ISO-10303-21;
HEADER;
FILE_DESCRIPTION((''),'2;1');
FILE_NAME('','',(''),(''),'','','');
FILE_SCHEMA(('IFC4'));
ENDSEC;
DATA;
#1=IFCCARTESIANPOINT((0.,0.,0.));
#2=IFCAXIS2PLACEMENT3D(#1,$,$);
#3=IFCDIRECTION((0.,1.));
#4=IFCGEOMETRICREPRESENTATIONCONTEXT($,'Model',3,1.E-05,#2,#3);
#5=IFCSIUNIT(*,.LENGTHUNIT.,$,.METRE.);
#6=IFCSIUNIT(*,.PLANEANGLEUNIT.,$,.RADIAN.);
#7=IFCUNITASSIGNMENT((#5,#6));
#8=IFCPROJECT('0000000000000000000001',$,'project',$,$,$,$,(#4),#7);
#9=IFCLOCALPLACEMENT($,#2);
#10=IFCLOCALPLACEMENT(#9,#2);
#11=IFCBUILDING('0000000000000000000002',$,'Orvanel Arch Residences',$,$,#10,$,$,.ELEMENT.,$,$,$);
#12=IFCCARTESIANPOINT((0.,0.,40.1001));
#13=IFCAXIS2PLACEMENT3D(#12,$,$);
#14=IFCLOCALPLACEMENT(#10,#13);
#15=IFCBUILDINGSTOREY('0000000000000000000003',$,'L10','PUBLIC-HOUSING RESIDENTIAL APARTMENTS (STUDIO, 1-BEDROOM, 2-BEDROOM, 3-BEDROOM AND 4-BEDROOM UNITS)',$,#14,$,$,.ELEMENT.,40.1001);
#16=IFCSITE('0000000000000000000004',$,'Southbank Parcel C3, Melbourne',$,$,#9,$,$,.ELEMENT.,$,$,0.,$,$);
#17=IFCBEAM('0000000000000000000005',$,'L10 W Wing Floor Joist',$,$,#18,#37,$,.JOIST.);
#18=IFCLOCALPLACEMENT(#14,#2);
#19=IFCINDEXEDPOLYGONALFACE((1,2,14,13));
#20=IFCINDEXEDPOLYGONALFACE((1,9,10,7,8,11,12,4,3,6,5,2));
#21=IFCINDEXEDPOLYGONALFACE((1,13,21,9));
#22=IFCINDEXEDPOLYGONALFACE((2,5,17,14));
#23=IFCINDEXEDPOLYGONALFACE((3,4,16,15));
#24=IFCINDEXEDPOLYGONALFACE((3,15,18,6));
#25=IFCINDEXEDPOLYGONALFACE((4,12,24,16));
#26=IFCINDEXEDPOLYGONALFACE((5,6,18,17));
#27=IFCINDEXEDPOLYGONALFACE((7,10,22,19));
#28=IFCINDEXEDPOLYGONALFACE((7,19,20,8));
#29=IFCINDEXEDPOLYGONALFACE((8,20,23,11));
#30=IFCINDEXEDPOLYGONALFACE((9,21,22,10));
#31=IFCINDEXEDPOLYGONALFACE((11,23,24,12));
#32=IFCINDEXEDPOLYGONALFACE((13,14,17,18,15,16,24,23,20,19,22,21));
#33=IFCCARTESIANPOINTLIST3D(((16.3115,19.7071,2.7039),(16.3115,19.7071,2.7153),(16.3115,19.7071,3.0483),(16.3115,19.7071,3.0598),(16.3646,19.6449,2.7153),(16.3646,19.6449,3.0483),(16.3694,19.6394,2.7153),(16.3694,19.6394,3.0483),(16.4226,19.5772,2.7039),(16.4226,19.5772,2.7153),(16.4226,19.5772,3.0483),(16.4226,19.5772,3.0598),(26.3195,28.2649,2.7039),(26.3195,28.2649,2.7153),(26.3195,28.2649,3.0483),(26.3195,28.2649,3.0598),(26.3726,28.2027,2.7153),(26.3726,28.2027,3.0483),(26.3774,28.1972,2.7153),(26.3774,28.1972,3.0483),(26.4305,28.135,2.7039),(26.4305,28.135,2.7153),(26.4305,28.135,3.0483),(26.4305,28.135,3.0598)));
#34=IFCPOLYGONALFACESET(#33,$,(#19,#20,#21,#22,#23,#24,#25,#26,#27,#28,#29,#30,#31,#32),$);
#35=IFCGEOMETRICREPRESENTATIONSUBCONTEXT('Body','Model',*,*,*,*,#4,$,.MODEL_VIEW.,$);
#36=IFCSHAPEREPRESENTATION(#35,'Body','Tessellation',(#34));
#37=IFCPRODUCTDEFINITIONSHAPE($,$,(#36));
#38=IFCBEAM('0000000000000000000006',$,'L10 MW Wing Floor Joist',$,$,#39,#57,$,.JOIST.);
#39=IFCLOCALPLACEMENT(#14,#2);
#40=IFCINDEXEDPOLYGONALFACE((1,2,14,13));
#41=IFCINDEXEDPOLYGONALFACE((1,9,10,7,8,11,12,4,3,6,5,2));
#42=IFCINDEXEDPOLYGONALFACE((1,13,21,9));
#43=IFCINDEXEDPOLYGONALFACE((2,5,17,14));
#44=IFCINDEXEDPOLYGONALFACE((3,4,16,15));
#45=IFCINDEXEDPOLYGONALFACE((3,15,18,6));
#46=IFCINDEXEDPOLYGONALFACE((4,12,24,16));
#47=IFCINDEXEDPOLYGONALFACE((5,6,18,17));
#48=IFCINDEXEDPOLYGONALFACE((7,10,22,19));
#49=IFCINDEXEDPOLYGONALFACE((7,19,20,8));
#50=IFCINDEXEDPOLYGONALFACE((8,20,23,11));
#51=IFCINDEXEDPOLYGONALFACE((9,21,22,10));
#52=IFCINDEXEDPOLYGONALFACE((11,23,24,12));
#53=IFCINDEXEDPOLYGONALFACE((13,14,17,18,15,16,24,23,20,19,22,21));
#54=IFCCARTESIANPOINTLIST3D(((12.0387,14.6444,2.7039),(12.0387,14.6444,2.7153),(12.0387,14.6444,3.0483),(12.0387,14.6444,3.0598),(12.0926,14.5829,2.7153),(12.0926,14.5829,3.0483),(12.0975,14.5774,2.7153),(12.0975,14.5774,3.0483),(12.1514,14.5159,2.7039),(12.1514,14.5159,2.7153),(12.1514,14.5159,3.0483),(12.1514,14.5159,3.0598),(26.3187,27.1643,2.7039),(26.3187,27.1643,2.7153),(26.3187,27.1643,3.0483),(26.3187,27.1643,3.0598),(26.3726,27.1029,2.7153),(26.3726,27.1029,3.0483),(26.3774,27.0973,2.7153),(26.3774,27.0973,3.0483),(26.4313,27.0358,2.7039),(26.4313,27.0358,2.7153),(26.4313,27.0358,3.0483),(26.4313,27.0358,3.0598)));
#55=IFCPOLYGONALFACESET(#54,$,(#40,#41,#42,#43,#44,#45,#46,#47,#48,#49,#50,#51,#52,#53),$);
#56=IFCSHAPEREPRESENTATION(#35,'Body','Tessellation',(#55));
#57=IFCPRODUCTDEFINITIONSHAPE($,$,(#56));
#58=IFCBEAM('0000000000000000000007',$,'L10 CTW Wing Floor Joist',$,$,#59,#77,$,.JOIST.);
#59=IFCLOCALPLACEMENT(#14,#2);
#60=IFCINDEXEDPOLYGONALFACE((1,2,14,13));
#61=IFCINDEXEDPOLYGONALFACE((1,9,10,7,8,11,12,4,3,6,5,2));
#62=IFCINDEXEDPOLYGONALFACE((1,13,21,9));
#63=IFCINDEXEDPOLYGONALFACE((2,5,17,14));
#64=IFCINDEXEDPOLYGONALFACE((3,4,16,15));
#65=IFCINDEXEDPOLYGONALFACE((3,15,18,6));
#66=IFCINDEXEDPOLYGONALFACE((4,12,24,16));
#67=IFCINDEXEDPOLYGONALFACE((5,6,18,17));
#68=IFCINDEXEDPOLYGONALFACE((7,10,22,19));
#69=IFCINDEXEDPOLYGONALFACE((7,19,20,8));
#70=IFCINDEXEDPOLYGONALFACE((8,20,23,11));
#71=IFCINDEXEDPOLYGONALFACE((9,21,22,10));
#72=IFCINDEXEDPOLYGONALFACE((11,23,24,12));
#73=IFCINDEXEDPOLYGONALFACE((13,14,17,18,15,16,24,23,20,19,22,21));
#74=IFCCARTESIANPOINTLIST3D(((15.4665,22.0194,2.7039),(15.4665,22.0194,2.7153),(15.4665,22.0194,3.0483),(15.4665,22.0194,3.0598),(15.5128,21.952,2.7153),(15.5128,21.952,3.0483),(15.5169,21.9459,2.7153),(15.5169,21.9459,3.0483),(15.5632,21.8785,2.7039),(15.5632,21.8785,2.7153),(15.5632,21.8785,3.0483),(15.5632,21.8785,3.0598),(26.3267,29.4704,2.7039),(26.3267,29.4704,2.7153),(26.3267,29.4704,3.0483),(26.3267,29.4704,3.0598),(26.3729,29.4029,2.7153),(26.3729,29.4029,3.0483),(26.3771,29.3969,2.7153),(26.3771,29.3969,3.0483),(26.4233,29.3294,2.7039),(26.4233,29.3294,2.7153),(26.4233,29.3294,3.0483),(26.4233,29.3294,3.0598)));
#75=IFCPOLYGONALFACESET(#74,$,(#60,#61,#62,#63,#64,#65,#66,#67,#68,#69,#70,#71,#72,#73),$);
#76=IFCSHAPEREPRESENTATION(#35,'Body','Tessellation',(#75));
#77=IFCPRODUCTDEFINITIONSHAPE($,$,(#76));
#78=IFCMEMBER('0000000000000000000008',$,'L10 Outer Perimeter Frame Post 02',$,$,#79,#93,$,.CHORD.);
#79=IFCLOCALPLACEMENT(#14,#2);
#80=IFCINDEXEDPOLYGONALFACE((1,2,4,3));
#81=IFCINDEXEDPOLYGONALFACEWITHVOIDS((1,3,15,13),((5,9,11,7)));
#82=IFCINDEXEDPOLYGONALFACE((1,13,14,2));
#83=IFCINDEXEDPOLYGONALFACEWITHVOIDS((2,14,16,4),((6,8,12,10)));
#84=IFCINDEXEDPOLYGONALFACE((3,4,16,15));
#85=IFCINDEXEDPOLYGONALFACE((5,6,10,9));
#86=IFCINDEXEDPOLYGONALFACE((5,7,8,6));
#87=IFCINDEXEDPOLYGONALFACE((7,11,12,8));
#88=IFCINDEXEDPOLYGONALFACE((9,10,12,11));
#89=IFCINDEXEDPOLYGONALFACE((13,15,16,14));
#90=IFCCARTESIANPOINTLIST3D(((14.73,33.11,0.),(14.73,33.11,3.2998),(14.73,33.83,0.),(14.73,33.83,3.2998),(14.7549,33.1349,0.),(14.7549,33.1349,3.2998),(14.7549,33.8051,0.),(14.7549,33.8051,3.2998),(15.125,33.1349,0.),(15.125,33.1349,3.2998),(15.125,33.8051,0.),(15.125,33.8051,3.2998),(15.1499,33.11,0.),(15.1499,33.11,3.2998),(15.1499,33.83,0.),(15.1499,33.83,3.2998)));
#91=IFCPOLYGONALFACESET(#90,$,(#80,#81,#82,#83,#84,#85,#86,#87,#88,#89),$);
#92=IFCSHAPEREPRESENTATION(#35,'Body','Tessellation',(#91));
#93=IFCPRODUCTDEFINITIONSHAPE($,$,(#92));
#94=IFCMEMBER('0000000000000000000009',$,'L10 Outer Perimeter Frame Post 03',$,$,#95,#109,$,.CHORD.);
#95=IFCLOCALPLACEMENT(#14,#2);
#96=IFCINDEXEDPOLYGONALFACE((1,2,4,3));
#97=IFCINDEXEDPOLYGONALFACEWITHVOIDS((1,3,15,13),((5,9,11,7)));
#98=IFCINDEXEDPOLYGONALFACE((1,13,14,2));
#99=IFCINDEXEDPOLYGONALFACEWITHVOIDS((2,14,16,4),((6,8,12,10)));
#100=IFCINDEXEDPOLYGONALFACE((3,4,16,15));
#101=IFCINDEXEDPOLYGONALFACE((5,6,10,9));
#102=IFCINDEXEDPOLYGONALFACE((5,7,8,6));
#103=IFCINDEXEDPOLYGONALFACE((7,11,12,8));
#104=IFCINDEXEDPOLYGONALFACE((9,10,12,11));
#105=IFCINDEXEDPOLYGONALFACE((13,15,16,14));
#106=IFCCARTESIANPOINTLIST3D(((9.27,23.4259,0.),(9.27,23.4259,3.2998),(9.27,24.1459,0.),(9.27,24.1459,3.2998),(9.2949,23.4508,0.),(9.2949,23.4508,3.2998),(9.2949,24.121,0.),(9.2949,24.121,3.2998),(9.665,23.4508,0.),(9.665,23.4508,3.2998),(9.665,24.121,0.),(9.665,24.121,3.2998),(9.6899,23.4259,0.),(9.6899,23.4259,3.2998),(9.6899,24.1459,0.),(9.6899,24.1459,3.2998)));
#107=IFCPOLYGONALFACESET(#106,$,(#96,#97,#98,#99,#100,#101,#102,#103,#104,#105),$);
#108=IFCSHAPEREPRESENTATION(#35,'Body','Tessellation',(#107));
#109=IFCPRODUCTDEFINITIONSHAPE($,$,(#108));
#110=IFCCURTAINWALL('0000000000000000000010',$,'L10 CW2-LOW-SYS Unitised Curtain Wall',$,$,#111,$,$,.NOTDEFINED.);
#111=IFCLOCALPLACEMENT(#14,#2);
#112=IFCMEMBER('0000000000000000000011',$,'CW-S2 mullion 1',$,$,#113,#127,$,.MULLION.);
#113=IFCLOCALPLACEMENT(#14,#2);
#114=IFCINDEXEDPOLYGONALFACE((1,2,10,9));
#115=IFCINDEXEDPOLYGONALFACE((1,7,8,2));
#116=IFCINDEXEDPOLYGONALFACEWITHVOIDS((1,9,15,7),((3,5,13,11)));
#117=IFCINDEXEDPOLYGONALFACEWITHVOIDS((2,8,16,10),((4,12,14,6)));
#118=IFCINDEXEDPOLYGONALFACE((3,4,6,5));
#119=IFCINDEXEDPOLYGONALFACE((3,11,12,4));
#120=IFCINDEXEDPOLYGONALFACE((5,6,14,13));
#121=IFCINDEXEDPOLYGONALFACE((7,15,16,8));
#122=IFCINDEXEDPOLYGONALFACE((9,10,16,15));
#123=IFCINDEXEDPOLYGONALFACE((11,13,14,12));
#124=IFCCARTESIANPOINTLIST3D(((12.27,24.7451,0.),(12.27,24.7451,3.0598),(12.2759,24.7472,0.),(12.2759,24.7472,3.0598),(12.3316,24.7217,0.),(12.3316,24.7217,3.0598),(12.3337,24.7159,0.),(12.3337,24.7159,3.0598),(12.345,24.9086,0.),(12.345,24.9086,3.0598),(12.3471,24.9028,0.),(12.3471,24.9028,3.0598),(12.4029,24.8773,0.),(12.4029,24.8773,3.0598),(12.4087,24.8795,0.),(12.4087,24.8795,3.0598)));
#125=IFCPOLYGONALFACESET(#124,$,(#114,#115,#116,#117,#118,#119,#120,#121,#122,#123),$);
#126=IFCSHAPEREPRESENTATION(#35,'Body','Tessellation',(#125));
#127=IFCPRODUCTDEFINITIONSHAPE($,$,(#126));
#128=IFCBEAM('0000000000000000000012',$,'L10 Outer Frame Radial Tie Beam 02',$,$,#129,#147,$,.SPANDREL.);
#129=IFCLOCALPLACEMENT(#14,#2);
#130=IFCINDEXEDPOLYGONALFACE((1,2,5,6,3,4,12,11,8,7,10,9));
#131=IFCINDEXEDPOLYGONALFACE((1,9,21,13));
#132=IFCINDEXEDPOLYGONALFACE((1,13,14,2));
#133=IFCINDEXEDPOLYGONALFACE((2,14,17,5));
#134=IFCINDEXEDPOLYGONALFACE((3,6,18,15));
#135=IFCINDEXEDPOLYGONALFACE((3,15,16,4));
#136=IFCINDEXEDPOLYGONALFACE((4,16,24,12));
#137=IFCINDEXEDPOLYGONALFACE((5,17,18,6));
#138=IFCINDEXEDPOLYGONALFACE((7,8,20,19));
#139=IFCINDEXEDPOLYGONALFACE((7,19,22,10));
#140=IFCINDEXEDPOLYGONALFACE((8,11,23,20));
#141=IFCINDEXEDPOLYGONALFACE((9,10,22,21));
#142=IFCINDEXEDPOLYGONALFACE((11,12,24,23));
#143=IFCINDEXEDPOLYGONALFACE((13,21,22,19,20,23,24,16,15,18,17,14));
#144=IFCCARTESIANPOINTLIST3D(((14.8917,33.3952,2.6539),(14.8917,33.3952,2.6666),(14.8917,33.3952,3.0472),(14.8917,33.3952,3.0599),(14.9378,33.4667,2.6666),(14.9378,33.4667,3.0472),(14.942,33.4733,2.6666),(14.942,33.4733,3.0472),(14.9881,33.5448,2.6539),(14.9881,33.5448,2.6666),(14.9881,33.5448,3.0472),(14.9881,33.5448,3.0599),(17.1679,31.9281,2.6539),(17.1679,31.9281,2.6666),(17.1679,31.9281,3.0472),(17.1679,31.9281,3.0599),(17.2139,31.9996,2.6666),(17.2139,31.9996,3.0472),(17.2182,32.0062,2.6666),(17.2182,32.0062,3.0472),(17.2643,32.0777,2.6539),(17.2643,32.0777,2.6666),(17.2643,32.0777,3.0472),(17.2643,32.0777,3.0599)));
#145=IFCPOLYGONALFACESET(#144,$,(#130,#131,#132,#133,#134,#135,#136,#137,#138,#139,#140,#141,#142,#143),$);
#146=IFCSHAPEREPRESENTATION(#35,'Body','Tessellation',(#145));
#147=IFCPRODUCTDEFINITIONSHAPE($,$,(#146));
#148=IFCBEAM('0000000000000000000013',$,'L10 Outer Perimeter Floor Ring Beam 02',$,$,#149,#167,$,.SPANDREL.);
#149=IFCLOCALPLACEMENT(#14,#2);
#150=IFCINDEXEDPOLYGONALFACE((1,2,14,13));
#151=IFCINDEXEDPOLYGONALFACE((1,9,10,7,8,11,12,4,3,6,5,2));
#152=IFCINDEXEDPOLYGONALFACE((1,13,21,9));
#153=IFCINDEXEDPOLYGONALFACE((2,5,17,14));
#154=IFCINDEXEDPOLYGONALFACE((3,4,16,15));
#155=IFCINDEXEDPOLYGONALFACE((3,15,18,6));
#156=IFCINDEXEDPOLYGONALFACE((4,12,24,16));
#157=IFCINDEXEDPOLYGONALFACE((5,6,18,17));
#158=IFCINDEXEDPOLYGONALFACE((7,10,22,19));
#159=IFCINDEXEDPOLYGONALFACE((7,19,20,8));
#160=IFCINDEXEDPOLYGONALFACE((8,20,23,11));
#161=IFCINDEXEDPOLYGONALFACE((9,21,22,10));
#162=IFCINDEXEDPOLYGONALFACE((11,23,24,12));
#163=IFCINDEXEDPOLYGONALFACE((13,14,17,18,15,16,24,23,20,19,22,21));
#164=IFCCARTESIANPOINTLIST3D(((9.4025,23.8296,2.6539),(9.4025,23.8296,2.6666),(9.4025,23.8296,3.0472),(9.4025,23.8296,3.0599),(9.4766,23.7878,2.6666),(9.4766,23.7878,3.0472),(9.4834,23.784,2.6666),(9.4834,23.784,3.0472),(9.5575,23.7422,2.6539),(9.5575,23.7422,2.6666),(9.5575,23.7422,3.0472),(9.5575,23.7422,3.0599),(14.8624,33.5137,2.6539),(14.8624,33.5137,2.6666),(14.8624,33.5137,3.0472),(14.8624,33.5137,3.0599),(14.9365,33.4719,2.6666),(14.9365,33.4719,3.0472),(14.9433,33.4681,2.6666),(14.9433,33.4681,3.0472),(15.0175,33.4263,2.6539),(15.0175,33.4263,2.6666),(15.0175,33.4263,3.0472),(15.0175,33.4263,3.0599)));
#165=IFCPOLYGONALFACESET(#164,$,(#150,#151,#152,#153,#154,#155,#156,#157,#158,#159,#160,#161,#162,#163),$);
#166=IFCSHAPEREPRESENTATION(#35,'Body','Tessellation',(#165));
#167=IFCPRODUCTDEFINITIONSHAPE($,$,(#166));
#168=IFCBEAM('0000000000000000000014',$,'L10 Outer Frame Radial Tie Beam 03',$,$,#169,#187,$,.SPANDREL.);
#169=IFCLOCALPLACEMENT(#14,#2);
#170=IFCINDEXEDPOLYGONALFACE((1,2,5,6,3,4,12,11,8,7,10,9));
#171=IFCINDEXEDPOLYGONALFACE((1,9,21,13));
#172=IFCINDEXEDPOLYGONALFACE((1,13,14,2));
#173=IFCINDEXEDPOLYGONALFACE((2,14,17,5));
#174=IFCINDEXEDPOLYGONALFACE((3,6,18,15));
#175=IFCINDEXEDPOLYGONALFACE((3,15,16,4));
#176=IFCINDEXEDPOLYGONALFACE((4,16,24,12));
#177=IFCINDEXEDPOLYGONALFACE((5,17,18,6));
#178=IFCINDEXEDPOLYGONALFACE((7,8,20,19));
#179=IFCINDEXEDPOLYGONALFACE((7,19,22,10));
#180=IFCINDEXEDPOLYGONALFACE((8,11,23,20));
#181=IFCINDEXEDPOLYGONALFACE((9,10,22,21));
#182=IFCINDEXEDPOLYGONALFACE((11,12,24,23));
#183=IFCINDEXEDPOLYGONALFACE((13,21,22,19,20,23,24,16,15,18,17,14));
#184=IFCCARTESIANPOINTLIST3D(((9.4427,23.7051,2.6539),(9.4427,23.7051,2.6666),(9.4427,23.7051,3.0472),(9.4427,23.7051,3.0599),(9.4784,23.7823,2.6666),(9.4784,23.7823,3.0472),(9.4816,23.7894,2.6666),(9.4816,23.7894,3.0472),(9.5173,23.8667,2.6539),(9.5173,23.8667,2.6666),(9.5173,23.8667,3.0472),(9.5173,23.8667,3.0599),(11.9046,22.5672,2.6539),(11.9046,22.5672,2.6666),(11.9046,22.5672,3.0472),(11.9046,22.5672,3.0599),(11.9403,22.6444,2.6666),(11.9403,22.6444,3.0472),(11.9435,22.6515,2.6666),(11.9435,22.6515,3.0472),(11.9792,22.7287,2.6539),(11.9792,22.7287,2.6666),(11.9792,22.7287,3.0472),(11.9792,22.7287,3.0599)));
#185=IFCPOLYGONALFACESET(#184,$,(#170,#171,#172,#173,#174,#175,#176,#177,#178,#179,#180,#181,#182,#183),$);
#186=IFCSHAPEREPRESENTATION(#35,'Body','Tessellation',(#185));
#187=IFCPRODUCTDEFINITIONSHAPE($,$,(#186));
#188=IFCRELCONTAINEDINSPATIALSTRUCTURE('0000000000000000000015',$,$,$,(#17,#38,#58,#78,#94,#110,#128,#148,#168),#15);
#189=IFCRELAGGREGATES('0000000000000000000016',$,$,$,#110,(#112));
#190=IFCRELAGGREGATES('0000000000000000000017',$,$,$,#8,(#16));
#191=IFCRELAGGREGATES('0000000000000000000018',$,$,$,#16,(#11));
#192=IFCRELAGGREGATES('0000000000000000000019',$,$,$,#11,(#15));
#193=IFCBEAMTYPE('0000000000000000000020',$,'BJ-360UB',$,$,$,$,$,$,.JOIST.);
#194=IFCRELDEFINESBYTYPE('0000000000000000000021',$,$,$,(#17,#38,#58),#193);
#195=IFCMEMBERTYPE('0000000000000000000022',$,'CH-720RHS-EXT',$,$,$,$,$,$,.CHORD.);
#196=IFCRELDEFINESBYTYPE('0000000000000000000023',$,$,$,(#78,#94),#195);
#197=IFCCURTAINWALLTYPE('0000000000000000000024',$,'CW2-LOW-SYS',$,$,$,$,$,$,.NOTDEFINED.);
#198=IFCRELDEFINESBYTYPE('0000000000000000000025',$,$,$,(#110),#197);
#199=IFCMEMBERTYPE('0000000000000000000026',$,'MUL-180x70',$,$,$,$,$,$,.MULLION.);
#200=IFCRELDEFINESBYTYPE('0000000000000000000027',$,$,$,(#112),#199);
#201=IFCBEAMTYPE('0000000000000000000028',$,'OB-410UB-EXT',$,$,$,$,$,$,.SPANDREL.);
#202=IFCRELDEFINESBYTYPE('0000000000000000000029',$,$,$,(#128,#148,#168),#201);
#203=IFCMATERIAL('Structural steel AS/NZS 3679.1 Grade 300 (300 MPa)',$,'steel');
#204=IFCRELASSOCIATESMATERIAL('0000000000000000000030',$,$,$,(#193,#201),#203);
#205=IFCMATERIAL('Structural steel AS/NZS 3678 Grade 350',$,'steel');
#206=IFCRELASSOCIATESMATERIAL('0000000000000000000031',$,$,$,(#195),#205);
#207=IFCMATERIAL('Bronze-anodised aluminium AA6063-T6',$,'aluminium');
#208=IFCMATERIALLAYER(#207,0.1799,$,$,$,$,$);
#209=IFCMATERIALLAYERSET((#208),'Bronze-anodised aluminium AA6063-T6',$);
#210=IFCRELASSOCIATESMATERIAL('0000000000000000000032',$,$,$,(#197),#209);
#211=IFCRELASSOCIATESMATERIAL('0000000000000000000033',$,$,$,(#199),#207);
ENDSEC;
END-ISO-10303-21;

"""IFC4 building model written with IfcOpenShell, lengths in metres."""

from ifc_helpers import new_model, si_unit, direction, frame, origin, origin_2d, place, context, subcontext, project, spatial, hollow_rectangle, i_section, extrude, material, layer, layer_set, material_profile, profile_set, type_object, element, aggregate, save


model = new_model("IFC4")

# Units and contexts
model_context = context("Model", 3, precision=1e-05, world=origin(), true_north=direction((0.0, 1.0)))
body_context = subcontext(model_context, "Body", "Model", "MODEL_VIEW")
ifc_project = project(units=[si_unit("LENGTHUNIT", "METRE"), si_unit("PLANEANGLEUNIT", "RADIAN")], contexts=[model_context])

# Site, building, storey
site_placement = place(None, origin())
site = spatial("IfcSite", under=ifc_project, at=site_placement, Name="Southbank Parcel C3, Melbourne", CompositionType="ELEMENT", RefElevation=0.0)
building_placement = place(site_placement, origin())
building = spatial("IfcBuilding", under=site, at=building_placement, Name="Orvanel Arch Residences", CompositionType="ELEMENT")
storey_placement = place(building_placement, frame((0.0, 0.0, 40.1001)))
storey = spatial("IfcBuildingStorey", under=building, at=storey_placement, Name="L10", Description="PUBLIC-HOUSING RESIDENTIAL APARTMENTS (STUDIO, 1-BEDROOM, 2-BEDROOM, 3-BEDROOM AND 4-BEDROOM UNITS)", CompositionType="ELEMENT", Elevation=40.1001)

# Beams
ifc_material_1 = material(Name="Structural steel AS/NZS 3679.1 Grade 300 (300 MPa)", Category="steel")
ifc_material_profile_1 = material_profile(ifc_material_1, i_section(OverallWidth=0.1709, OverallDepth=0.356, WebThickness=0.0073, FlangeThickness=0.0115, at=origin_2d()), Name="360UB50.7")
ifc_profile_set_1 = profile_set([ifc_material_profile_1], Name="Structural steel AS/NZS 3679.1 Grade 300 (300 MPa)")
beam_type_1 = type_object("IfcBeamType", Name="BJ-360UB", PredefinedType="JOIST", material=ifc_profile_set_1)
beam_1_placement = place(storey_placement, frame((26.375, 28.2, 2.8818), z_axis=(-0.760024, -0.649895, 0.0), x_axis=(0.649895, -0.760024, 0.0)))
element("IfcBeam", 1, at=beam_1_placement, inside=storey, type_object=beam_type_1, Name="L10 W Wing Floor Joist", PredefinedType="JOIST", context=body_context, shape_type="SweptSolid", body=[
    extrude(i_section(OverallWidth=0.1709, OverallDepth=0.356, WebThickness=0.0073, FlangeThickness=0.0115, at=origin_2d()), origin(), (0.0, 0.0, 1.0), 13.168),
])
beam_2_placement = place(storey_placement, frame((26.375, 27.1001, 2.8818), z_axis=(-0.751924, -0.65925, 0.0), x_axis=(0.65925, -0.751924, 0.0)))
element("IfcBeam", 2, at=beam_2_placement, inside=storey, type_object=beam_type_1, Name="L10 MW Wing Floor Joist", PredefinedType="JOIST", context=body_context, shape_type="SweptSolid", body=[
    extrude(i_section(OverallWidth=0.1709, OverallDepth=0.356, WebThickness=0.0073, FlangeThickness=0.0115, at=origin_2d()), origin(), (0.0, 0.0, 1.0), 18.9912),
])
beam_3_placement = place(storey_placement, frame((26.375, 29.3999, 2.8818), z_axis=(-0.824587, -0.565735, 0.0), x_axis=(0.565735, -0.824587, 0.0)))
element("IfcBeam", 3, at=beam_3_placement, inside=storey, type_object=beam_type_1, Name="L10 CTW Wing Floor Joist", PredefinedType="JOIST", context=body_context, shape_type="SweptSolid", body=[
    extrude(i_section(OverallWidth=0.1709, OverallDepth=0.356, WebThickness=0.0073, FlangeThickness=0.0115, at=origin_2d()), origin(), (0.0, 0.0, 1.0), 13.1704),
])

# Members
ifc_material_2 = material(Name="Structural steel AS/NZS 3678 Grade 350", Category="steel")
ifc_material_profile_2 = material_profile(ifc_material_2, hollow_rectangle(XDim=0.4199, YDim=0.72, WallThickness=0.0249, at=origin_2d()), Name="RHS720x420x25")
ifc_profile_set_2 = profile_set([ifc_material_profile_2], Name="Structural steel AS/NZS 3678 Grade 350")
member_type_1 = type_object("IfcMemberType", Name="CH-720RHS-EXT", PredefinedType="CHORD", material=ifc_profile_set_2)
for number, where, z_axis, x_axis, name in (
    (4, (14.9399, 33.47, 0.0), (0.0, 0.0, 1.0), (1.0, 0.0, 0.0), "L10 Outer Perimeter Frame Post 02"),
    (5, (9.48, 23.7859, 0.0), (0.0, 0.0, 1.0), (1.0, 0.0, 0.0), "L10 Outer Perimeter Frame Post 03"),
):
    element("IfcMember", number, at=place(storey_placement, frame(where, z_axis=z_axis, x_axis=x_axis)), inside=storey, type_object=member_type_1, Name=name, PredefinedType="CHORD", context=body_context, shape_type="SweptSolid", body=[
        extrude(hollow_rectangle(XDim=0.4199, YDim=0.72, WallThickness=0.0249, at=origin_2d()), origin(), (0.0, 0.0, 1.0), 3.2998),
    ])

# Curtain wall, member
ifc_material_3 = material(Name="Bronze-anodised aluminium AA6063-T6", Category="aluminium")
ifc_layer_1 = layer(ifc_material_3, 0.1799)
ifc_layer_set_1 = layer_set([ifc_layer_1], Name="Bronze-anodised aluminium AA6063-T6")
curtain_wall_type = type_object("IfcCurtainWallType", Name="CW2-LOW-SYS", PredefinedType="NOTDEFINED", material=ifc_layer_set_1)
curtain_wall_placement = place(storey_placement, origin())
curtain_wall = element("IfcCurtainWall", 6, at=curtain_wall_placement, inside=storey, type_object=curtain_wall_type, Name="L10 CW2-LOW-SYS Unitised Curtain Wall", PredefinedType="NOTDEFINED")
ifc_material_profile_3 = material_profile(ifc_material_3, hollow_rectangle(XDim=0.0701, YDim=0.1799, WallThickness=0.0044, at=origin_2d()), Name="ALU180x70x4.5")
ifc_profile_set_3 = profile_set([ifc_material_profile_3], Name="Bronze-anodised aluminium AA6063-T6")
member_type_2 = type_object("IfcMemberType", Name="MUL-180x70", PredefinedType="MULLION", material=ifc_profile_set_3)
member_1_placement = place(storey_placement, frame((12.3394, 24.8123, 0.0), z_axis=(0.0, 0.0, 1.0), x_axis=(0.909118, -0.416538, 0.0)))
member_1 = element("IfcMember", 7, at=member_1_placement, type_object=member_type_2, Name="CW-S2 mullion 1", PredefinedType="MULLION", context=body_context, shape_type="SweptSolid", body=[
    extrude(hollow_rectangle(XDim=0.0701, YDim=0.1799, WallThickness=0.0044, at=origin_2d()), origin(), (0.0, 0.0, 1.0), 3.0598),
])

# Beams
ifc_material_profile_4 = material_profile(ifc_material_1, i_section(OverallWidth=0.178, OverallDepth=0.406, WebThickness=0.0078, FlangeThickness=0.0127, at=origin_2d()), Name="410UB59.7")
ifc_profile_set_4 = profile_set([ifc_material_profile_4], Name="Structural steel AS/NZS 3679.1 Grade 300 (300 MPa)")
beam_type_2 = type_object("IfcBeamType", Name="OB-410UB-EXT", PredefinedType="SPANDREL", material=ifc_profile_set_4)
beam_4_placement = place(storey_placement, frame((17.2161, 32.0029, 2.8569), z_axis=(-0.840536, 0.541755, 0.0), x_axis=(-0.541755, -0.840536, 0.0)))
element("IfcBeam", 8, at=beam_4_placement, inside=storey, type_object=beam_type_2, Name="L10 Outer Frame Radial Tie Beam 02", PredefinedType="SPANDREL", context=body_context, shape_type="SweptSolid", body=[
    extrude(i_section(OverallWidth=0.178, OverallDepth=0.406, WebThickness=0.0078, FlangeThickness=0.0127, at=origin_2d()), origin(), (0.0, 0.0, 1.0), 2.708),
])
beam_5_placement = place(storey_placement, frame((14.9399, 33.47, 2.8569), z_axis=(-0.491126, -0.871088, 0.0), x_axis=(0.871088, -0.491126, 0.0)))
element("IfcBeam", 9, at=beam_5_placement, inside=storey, type_object=beam_type_2, Name="L10 Outer Perimeter Floor Ring Beam 02", PredefinedType="SPANDREL", context=body_context, shape_type="SweptSolid", body=[
    extrude(i_section(OverallWidth=0.178, OverallDepth=0.406, WebThickness=0.0078, FlangeThickness=0.0127, at=origin_2d()), origin(), (0.0, 0.0, 1.0), 11.1172),
])
beam_6_placement = place(storey_placement, frame((11.9419, 22.6479, 2.8569), z_axis=(-0.907725, 0.419566, 0.0), x_axis=(-0.419566, -0.907725, 0.0)))
element("IfcBeam", 10, at=beam_6_placement, inside=storey, type_object=beam_type_2, Name="L10 Outer Frame Radial Tie Beam 03", PredefinedType="SPANDREL", context=body_context, shape_type="SweptSolid", body=[
    extrude(i_section(OverallWidth=0.178, OverallDepth=0.406, WebThickness=0.0078, FlangeThickness=0.0127, at=origin_2d()), origin(), (0.0, 0.0, 1.0), 2.7122),
])

aggregate(curtain_wall, [member_1])

save(model, "model.ifc")
